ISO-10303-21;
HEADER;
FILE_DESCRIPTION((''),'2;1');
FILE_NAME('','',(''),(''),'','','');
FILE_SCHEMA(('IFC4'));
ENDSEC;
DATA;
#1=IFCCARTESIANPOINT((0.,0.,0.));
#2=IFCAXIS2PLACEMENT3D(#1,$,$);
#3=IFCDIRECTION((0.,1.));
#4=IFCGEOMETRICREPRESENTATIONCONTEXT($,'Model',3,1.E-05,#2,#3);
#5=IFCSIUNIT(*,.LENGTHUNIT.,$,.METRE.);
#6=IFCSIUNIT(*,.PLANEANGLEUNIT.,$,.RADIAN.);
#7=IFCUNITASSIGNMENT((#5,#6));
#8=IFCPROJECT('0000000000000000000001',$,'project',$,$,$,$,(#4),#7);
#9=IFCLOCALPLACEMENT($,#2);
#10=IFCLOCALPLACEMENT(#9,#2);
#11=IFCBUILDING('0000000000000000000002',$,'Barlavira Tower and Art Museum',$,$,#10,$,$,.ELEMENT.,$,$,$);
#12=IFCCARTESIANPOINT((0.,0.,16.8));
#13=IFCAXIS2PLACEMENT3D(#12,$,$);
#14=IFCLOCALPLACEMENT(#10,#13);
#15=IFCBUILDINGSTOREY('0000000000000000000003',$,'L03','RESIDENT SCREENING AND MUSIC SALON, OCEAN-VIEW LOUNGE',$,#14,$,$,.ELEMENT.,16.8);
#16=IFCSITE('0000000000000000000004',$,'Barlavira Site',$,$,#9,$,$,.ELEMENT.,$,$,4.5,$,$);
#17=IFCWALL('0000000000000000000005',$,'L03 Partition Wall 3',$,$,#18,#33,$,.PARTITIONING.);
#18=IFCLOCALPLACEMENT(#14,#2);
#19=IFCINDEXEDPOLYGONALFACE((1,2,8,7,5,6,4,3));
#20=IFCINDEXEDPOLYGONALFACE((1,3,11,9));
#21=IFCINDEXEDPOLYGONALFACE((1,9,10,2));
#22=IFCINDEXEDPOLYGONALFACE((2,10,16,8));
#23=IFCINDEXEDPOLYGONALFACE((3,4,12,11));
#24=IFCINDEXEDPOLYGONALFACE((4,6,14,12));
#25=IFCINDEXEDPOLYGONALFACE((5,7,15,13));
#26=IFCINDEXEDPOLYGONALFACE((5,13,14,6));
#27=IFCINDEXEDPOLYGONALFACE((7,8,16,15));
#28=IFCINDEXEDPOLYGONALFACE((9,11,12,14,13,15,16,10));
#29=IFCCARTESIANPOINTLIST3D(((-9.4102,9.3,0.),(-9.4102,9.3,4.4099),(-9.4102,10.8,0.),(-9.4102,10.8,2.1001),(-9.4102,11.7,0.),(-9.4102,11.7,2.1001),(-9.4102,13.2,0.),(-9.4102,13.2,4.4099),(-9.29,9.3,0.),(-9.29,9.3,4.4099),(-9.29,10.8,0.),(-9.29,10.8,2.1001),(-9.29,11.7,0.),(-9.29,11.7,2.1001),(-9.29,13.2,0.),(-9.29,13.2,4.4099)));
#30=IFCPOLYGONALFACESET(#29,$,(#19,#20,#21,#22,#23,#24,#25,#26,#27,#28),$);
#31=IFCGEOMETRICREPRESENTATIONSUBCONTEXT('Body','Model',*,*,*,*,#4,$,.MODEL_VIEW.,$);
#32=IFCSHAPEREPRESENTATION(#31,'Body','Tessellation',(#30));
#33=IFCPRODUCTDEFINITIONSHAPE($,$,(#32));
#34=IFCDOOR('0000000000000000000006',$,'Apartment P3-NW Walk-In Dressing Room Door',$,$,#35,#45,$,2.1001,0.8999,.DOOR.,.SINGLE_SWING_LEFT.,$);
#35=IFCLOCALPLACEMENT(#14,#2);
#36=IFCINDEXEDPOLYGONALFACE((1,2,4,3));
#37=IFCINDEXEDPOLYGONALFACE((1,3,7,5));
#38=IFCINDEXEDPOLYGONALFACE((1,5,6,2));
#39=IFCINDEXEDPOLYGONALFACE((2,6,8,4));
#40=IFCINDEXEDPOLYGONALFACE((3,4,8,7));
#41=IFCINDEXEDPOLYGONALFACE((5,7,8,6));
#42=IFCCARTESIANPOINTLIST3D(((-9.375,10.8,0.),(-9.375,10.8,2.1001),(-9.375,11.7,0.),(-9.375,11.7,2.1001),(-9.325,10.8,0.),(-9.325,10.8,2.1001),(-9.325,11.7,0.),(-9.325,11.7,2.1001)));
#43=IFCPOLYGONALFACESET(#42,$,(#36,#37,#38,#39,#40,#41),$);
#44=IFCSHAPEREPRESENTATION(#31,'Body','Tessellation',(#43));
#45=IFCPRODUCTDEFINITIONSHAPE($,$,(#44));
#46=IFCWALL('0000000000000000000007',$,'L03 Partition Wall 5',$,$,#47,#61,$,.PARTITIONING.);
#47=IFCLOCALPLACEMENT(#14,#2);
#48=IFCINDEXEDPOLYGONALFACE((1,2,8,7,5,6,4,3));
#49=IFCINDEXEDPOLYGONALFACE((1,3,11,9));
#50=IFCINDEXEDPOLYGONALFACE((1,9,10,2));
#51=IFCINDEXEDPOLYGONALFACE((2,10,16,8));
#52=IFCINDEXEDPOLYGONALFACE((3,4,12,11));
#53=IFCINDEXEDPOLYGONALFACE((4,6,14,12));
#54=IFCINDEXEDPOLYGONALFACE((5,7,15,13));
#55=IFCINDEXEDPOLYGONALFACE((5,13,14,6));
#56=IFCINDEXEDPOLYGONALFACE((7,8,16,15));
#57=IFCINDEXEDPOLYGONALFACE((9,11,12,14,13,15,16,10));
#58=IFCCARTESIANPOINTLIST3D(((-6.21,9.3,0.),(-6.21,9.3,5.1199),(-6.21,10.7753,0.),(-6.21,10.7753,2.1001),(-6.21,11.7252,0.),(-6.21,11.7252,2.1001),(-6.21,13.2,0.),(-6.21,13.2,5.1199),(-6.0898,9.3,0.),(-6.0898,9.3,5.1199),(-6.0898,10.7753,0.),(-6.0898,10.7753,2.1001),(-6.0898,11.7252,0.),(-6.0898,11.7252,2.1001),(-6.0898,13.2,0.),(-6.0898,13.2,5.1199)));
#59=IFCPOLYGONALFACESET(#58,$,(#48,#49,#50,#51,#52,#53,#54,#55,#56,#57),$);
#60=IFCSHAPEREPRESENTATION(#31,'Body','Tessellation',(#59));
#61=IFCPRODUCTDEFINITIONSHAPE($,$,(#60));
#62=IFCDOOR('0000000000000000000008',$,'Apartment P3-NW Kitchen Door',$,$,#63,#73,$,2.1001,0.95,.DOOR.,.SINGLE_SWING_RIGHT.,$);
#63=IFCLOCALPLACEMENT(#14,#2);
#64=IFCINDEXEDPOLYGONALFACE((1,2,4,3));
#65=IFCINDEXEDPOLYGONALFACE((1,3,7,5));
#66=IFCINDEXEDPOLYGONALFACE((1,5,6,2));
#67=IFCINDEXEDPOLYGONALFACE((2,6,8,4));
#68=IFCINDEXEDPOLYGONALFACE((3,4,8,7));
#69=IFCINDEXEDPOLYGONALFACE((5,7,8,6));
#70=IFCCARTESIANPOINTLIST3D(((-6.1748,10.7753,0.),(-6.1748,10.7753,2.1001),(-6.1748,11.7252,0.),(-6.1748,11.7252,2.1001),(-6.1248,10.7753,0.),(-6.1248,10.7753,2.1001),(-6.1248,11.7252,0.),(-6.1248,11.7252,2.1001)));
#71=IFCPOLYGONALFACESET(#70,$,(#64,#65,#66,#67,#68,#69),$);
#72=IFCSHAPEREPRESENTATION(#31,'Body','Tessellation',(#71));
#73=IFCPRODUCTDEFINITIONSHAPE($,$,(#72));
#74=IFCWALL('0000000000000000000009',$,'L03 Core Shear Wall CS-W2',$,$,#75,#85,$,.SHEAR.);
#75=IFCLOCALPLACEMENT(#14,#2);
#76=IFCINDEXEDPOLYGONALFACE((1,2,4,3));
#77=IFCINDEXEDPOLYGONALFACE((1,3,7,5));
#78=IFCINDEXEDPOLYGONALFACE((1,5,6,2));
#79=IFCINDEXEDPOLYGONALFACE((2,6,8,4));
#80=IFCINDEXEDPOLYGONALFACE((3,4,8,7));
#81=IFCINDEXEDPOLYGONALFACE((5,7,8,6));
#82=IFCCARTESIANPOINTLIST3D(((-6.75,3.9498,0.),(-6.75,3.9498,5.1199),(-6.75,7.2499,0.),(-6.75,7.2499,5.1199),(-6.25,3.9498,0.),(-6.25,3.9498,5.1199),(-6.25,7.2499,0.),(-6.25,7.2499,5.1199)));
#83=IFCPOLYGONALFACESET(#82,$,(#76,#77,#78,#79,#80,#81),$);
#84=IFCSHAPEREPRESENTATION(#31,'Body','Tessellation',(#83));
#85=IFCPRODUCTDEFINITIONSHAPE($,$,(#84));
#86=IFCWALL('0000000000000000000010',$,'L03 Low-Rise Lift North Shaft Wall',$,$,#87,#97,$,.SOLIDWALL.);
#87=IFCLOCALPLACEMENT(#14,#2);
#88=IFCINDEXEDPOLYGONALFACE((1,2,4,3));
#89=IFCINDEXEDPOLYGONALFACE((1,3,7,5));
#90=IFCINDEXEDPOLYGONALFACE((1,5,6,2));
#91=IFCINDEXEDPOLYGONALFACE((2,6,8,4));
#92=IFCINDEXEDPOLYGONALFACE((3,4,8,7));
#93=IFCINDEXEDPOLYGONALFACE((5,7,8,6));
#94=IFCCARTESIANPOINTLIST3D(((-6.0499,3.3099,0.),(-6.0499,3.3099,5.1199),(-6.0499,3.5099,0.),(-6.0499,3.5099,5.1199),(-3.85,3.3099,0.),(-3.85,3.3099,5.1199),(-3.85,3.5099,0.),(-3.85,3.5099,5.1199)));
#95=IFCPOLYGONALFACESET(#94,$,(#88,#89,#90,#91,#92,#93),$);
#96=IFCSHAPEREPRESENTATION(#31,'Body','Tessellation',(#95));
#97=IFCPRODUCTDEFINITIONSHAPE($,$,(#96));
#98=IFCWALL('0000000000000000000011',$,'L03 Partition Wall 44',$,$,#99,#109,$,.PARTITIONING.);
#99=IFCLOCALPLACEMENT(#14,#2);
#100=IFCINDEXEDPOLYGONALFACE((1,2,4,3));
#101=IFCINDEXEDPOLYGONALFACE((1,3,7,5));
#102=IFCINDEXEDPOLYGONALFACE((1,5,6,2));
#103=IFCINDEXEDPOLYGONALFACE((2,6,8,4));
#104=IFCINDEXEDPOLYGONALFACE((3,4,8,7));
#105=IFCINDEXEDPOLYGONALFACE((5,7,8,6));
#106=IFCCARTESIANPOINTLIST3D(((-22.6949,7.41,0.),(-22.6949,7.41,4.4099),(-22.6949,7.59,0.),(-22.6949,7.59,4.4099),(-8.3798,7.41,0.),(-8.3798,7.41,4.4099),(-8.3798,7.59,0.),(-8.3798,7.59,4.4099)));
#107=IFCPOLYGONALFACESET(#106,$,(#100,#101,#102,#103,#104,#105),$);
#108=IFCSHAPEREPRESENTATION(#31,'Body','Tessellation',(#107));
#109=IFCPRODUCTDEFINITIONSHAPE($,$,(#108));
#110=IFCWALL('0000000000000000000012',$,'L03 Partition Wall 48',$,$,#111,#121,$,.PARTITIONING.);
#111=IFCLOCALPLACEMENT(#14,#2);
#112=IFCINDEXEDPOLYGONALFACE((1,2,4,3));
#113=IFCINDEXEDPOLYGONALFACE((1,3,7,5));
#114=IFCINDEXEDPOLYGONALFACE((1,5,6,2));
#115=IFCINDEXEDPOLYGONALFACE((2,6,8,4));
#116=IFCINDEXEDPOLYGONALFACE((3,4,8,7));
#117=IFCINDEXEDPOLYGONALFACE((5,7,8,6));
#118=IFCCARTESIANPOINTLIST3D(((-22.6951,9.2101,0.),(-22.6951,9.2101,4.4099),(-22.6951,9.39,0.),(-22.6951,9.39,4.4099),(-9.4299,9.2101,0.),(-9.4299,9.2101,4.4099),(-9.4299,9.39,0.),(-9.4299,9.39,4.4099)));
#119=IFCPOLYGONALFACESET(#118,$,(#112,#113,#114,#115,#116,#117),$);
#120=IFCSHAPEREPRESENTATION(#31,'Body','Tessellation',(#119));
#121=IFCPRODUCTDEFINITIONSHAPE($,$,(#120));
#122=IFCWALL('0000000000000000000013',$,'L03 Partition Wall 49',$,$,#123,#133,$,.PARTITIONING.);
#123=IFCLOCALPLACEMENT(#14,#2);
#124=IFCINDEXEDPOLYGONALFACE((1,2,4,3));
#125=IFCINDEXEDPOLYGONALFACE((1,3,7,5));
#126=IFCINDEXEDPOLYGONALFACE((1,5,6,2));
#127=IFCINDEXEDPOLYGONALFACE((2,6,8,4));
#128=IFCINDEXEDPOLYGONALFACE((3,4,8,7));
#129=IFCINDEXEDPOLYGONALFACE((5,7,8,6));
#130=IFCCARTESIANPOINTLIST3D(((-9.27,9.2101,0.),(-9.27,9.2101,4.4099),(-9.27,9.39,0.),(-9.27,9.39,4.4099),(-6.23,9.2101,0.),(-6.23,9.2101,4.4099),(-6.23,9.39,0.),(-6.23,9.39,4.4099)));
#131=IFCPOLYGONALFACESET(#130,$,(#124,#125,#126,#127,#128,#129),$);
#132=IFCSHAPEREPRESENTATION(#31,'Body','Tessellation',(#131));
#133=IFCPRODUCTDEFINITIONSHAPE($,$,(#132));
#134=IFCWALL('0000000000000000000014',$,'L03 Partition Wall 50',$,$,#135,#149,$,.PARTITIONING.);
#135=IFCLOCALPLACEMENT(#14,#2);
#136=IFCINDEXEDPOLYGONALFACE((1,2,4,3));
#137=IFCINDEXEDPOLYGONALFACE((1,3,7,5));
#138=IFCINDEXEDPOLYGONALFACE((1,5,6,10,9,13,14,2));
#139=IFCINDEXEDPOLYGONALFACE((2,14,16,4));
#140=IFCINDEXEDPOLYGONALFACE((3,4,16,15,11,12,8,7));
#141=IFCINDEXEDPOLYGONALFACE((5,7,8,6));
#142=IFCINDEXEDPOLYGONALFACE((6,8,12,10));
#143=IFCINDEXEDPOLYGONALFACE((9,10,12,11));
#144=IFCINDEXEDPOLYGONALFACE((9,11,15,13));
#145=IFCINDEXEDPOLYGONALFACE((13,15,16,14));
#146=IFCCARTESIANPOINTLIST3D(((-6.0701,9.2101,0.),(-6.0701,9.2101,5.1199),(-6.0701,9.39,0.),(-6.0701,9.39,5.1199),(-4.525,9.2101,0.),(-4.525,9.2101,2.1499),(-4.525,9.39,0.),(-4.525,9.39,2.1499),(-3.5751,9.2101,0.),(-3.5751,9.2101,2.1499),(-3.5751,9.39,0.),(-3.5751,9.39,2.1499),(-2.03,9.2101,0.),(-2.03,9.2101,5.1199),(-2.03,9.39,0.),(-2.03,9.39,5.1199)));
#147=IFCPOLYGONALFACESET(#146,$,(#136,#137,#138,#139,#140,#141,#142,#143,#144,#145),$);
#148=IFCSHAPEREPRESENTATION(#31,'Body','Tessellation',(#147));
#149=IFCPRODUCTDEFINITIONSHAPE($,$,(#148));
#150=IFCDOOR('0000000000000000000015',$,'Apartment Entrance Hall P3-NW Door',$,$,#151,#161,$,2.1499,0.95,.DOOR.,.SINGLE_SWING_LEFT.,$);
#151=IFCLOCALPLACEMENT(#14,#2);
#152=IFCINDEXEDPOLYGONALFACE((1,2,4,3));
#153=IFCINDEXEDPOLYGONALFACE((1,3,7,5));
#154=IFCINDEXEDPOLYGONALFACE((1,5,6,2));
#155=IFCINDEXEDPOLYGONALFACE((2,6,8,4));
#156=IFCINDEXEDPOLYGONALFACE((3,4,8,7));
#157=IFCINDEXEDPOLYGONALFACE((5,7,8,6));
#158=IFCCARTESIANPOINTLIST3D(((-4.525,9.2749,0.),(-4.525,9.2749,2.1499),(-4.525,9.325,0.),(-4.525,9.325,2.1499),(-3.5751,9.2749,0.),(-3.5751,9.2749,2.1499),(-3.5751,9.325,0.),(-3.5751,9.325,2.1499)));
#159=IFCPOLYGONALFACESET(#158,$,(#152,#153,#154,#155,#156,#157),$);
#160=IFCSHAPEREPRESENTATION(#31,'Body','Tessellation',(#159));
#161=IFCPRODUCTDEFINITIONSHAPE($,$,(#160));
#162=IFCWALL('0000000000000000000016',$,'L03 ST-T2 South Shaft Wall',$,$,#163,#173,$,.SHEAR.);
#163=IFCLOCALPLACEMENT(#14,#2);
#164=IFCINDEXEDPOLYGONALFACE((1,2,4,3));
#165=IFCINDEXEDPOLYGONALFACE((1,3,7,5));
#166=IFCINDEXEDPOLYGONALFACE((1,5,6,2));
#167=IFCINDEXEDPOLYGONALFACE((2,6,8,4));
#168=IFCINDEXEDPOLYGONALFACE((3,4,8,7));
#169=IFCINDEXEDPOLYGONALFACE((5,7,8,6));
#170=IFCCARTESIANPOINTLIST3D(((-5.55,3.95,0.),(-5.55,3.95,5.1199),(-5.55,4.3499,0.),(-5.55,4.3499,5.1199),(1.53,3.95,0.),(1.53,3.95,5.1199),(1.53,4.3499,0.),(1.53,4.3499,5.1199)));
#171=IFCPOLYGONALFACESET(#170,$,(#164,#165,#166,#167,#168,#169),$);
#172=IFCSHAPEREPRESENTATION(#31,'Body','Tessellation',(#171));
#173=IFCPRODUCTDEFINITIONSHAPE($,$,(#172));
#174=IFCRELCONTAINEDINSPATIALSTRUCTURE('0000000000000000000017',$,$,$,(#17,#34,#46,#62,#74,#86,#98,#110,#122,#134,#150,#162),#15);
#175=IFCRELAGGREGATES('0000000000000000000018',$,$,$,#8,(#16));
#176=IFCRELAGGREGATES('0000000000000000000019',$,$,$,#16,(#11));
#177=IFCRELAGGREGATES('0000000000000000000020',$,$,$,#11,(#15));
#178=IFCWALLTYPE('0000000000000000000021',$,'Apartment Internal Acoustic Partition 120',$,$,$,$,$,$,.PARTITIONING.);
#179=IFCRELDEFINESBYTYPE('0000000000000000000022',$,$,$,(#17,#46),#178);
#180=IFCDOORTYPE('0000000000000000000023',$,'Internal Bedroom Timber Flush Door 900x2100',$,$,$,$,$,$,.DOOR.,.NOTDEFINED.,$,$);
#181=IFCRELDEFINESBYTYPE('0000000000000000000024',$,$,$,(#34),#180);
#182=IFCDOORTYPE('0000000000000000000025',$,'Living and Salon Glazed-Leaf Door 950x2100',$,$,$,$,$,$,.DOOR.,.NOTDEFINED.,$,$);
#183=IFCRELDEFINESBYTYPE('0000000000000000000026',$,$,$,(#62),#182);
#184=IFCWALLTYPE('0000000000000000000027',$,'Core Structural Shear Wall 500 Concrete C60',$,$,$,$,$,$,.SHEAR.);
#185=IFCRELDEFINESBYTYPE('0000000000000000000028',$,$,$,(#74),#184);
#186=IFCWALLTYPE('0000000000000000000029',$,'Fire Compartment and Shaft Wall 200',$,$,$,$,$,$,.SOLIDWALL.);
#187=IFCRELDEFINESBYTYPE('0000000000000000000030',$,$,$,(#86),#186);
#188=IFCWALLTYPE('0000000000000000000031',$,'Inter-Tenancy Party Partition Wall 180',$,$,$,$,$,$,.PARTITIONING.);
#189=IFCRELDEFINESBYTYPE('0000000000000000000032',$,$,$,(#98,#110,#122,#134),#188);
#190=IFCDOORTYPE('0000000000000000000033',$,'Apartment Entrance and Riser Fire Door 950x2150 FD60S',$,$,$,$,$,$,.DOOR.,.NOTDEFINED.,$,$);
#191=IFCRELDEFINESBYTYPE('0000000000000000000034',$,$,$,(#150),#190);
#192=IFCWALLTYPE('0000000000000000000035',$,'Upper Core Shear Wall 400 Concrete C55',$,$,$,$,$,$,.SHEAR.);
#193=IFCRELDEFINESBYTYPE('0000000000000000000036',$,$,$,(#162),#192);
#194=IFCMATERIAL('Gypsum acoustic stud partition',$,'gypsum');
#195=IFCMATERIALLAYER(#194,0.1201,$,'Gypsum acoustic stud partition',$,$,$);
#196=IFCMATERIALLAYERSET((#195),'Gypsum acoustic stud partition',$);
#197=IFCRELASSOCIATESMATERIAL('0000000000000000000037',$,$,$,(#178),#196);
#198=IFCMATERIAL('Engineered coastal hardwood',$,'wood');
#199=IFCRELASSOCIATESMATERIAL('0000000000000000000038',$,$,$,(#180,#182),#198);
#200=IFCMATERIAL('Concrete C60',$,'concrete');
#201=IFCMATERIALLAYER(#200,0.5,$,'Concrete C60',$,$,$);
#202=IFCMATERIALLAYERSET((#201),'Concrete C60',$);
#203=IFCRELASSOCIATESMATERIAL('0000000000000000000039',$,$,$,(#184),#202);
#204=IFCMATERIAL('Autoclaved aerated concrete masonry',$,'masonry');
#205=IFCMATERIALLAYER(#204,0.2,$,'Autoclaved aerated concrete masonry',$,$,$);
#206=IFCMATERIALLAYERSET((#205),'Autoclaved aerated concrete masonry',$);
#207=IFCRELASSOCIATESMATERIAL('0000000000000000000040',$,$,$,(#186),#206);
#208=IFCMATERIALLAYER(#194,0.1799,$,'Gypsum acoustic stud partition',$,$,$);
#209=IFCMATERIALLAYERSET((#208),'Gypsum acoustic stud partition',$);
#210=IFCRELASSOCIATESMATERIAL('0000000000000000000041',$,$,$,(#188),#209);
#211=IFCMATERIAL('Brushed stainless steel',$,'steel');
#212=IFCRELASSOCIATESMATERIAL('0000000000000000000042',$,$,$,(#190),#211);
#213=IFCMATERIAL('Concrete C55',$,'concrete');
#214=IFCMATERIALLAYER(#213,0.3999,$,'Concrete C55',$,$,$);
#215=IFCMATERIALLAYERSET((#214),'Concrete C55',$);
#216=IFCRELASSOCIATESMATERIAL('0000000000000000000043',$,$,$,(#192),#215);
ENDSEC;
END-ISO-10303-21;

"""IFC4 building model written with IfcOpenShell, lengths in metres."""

from ifc_helpers import new_model, si_unit, direction, frame, frame_2d, origin, place, context, subcontext, project, spatial, rectangle, extrude, material, layer, layer_set, type_object, element, fill, save


model = new_model("IFC4")

# Units and contexts
model_context = context("Model", 3, precision=1e-05, world=origin(), true_north=direction((0.0, 1.0)))
body_context = subcontext(model_context, "Body", "Model", "MODEL_VIEW")
ifc_project = project(units=[si_unit("LENGTHUNIT", "METRE"), si_unit("PLANEANGLEUNIT", "RADIAN")], contexts=[model_context])

# Site, building, storey
site_placement = place(None, origin())
site = spatial("IfcSite", under=ifc_project, at=site_placement, Name="Barlavira Site", CompositionType="ELEMENT", RefElevation=4.5)
building_placement = place(site_placement, origin())
building = spatial("IfcBuilding", under=site, at=building_placement, Name="Barlavira Tower and Art Museum", CompositionType="ELEMENT")
storey_placement = place(building_placement, frame((0.0, 0.0, 16.8)))
storey = spatial("IfcBuildingStorey", under=building, at=storey_placement, Name="L03", Description="RESIDENT SCREENING AND MUSIC SALON, OCEAN-VIEW LOUNGE", CompositionType="ELEMENT", Elevation=16.8)

# Shared definitions
ifc_material_1 = material(Name="Concrete C60", Category="concrete")

# Walls, openings, doors
ifc_material_2 = material(Name="Gypsum acoustic stud partition", Category="gypsum")
ifc_layer_1 = layer(ifc_material_2, 0.1201, Name="Gypsum acoustic stud partition")
ifc_layer_set_1 = layer_set([ifc_layer_1], Name="Gypsum acoustic stud partition")
wall_type_1 = type_object("IfcWallType", Name="Apartment Internal Acoustic Partition 120", PredefinedType="PARTITIONING", material=ifc_layer_set_1)
wall_1_placement = place(storey_placement, frame((-9.3501, 9.3, 0.0), z_axis=(0.0, 0.0, 1.0), x_axis=(0.0, 1.0, 0.0)))
wall_1 = element("IfcWall", 1, at=wall_1_placement, inside=storey, type_object=wall_type_1, Name="L03 Partition Wall 3", PredefinedType="PARTITIONING", context=body_context, shape_type="SweptSolid", body=[
    extrude(rectangle(XDim=3.8999, YDim=0.1201, at=frame_2d((1.95, 0.0))), origin(), (0.0, 0.0, 1.0), 4.4099),
])
opening_1_placement = place(wall_1_placement, frame((1.5, 0.0, 0.0)))
opening_1 = element("IfcOpeningElement", 2, at=opening_1_placement, cuts=wall_1, PredefinedType="OPENING", context=body_context, shape_type="SweptSolid", body=[
    extrude(rectangle(XDim=0.8999, YDim=2.1001, at=frame_2d((0.45, 1.05))), frame((0.0, 0.0701, 0.0), z_axis=(0.0, -1.0, 0.0), x_axis=(1.0, 0.0, 0.0)), (0.0, 0.0, 1.0), 0.1401),
])
ifc_material_3 = material(Name="Engineered coastal hardwood", Category="wood")
door_type_1 = type_object("IfcDoorType", Name="Internal Bedroom Timber Flush Door 900x2100", OperationType="NOTDEFINED", PredefinedType="DOOR", material=ifc_material_3)
door_1_placement = place(opening_1_placement, origin())
door_1 = element("IfcDoor", 3, at=door_1_placement, inside=storey, type_object=door_type_1, Name="Apartment P3-NW Walk-In Dressing Room Door", OperationType="SINGLE_SWING_LEFT", OverallHeight=2.1001, OverallWidth=0.8999, PredefinedType="DOOR", context=body_context, shape_type="SweptSolid", body=[
    extrude(rectangle(XDim=0.8999, YDim=2.1001, at=frame_2d((0.45, 1.05))), frame((0.0, 0.0249, 0.0), z_axis=(0.0, -1.0, 0.0), x_axis=(1.0, 0.0, 0.0)), (0.0, 0.0, 1.0), 0.05),
])
fill(opening_1, door_1)
wall_2_placement = place(storey_placement, frame((-6.1499, 9.3, 0.0), z_axis=(0.0, 0.0, 1.0), x_axis=(0.0, 1.0, 0.0)))
wall_2 = element("IfcWall", 4, at=wall_2_placement, inside=storey, type_object=wall_type_1, Name="L03 Partition Wall 5", PredefinedType="PARTITIONING", context=body_context, shape_type="SweptSolid", body=[
    extrude(rectangle(XDim=3.8999, YDim=0.1201, at=frame_2d((1.95, 0.0))), origin(), (0.0, 0.0, 1.0), 5.1199),
])
opening_2_placement = place(wall_2_placement, frame((1.4751, 0.0, 0.0)))
opening_2 = element("IfcOpeningElement", 5, at=opening_2_placement, cuts=wall_2, PredefinedType="OPENING", context=body_context, shape_type="SweptSolid", body=[
    extrude(rectangle(XDim=0.95, YDim=2.1001, at=frame_2d((0.4751, 1.05))), frame((0.0, 0.0701, 0.0), z_axis=(0.0, -1.0, 0.0), x_axis=(1.0, 0.0, 0.0)), (0.0, 0.0, 1.0), 0.1401),
])
door_type_2 = type_object("IfcDoorType", Name="Living and Salon Glazed-Leaf Door 950x2100", OperationType="NOTDEFINED", PredefinedType="DOOR", material=ifc_material_3)
door_2_placement = place(opening_2_placement, origin())
door_2 = element("IfcDoor", 6, at=door_2_placement, inside=storey, type_object=door_type_2, Name="Apartment P3-NW Kitchen Door", OperationType="SINGLE_SWING_RIGHT", OverallHeight=2.1001, OverallWidth=0.95, PredefinedType="DOOR", context=body_context, shape_type="SweptSolid", body=[
    extrude(rectangle(XDim=0.95, YDim=2.1001, at=frame_2d((0.4751, 1.05))), frame((0.0, 0.0249, 0.0), z_axis=(0.0, -1.0, 0.0), x_axis=(1.0, 0.0, 0.0)), (0.0, 0.0, 1.0), 0.05),
])
fill(opening_2, door_2)
ifc_layer_2 = layer(ifc_material_1, 0.5, Name="Concrete C60")
ifc_layer_set_2 = layer_set([ifc_layer_2], Name="Concrete C60")
wall_type_2 = type_object("IfcWallType", Name="Core Structural Shear Wall 500 Concrete C60", PredefinedType="SHEAR", material=ifc_layer_set_2)
ifc_material_4 = material(Name="Brushed stainless steel", Category="steel")

# Walls
wall_3_placement = place(storey_placement, frame((-6.5, 3.95, 0.0), z_axis=(0.0, 0.0, 1.0), x_axis=(0.0, 1.0, 0.0)))
element("IfcWall", 7, at=wall_3_placement, inside=storey, type_object=wall_type_2, Name="L03 Core Shear Wall CS-W2", PredefinedType="SHEAR", context=body_context, shape_type="SweptSolid", body=[
    extrude(rectangle(XDim=3.3, YDim=0.5, at=frame_2d((1.6499, 0.0))), origin(), (0.0, 0.0, 1.0), 5.1199),
])
ifc_material_5 = material(Name="Autoclaved aerated concrete masonry", Category="masonry")
ifc_layer_3 = layer(ifc_material_5, 0.2, Name="Autoclaved aerated concrete masonry")
ifc_layer_set_3 = layer_set([ifc_layer_3], Name="Autoclaved aerated concrete masonry")
wall_type_3 = type_object("IfcWallType", Name="Fire Compartment and Shaft Wall 200", PredefinedType="SOLIDWALL", material=ifc_layer_set_3)
wall_4_placement = place(storey_placement, frame((-6.05, 3.4099, 0.0), z_axis=(0.0, 0.0, 1.0), x_axis=(1.0, 0.0, 0.0)))
element("IfcWall", 8, at=wall_4_placement, inside=storey, type_object=wall_type_3, Name="L03 Low-Rise Lift North Shaft Wall", PredefinedType="SOLIDWALL", context=body_context, shape_type="SweptSolid", body=[
    extrude(rectangle(XDim=2.2, YDim=0.2, at=frame_2d((1.1001, 0.0))), origin(), (0.0, 0.0, 1.0), 5.1199),
])

# Walls
ifc_layer_4 = layer(ifc_material_2, 0.1799, Name="Gypsum acoustic stud partition")
ifc_layer_set_4 = layer_set([ifc_layer_4], Name="Gypsum acoustic stud partition")
wall_type_4 = type_object("IfcWallType", Name="Inter-Tenancy Party Partition Wall 180", PredefinedType="PARTITIONING", material=ifc_layer_set_4)
wall_5_placement = place(storey_placement, frame((-22.6951, 7.5, 0.0), z_axis=(0.0, 0.0, 1.0), x_axis=(1.0, 0.0, 0.0)))
element("IfcWall", 9, at=wall_5_placement, inside=storey, type_object=wall_type_4, Name="L03 Partition Wall 44", PredefinedType="PARTITIONING", context=body_context, shape_type="SweptSolid", body=[
    extrude(rectangle(XDim=14.3152, YDim=0.1799, at=frame_2d((7.1577, 0.0))), origin(), (0.0, 0.0, 1.0), 4.4099),
])
wall_6_placement = place(storey_placement, frame((-22.6951, 9.3, 0.0), z_axis=(0.0, 0.0, 1.0), x_axis=(1.0, 0.0, 0.0)))
element("IfcWall", 10, at=wall_6_placement, inside=storey, type_object=wall_type_4, Name="L03 Partition Wall 48", PredefinedType="PARTITIONING", context=body_context, shape_type="SweptSolid", body=[
    extrude(rectangle(XDim=13.2651, YDim=0.1799, at=frame_2d((6.6326, 0.0))), origin(), (0.0, 0.0, 1.0), 4.4099),
])
wall_7_placement = place(storey_placement, frame((-9.27, 9.3, 0.0), z_axis=(0.0, 0.0, 1.0), x_axis=(1.0, 0.0, 0.0)))
element("IfcWall", 11, at=wall_7_placement, inside=storey, type_object=wall_type_4, Name="L03 Partition Wall 49", PredefinedType="PARTITIONING", context=body_context, shape_type="SweptSolid", body=[
    extrude(rectangle(XDim=3.04, YDim=0.1799, at=frame_2d((1.52, 0.0))), origin(), (0.0, 0.0, 1.0), 4.4099),
])

# Wall, opening, door
wall_8_placement = place(storey_placement, frame((-6.0701, 9.3, 0.0), z_axis=(0.0, 0.0, 1.0), x_axis=(1.0, 0.0, 0.0)))
wall_8 = element("IfcWall", 12, at=wall_8_placement, inside=storey, type_object=wall_type_4, Name="L03 Partition Wall 50", PredefinedType="PARTITIONING", context=body_context, shape_type="SweptSolid", body=[
    extrude(rectangle(XDim=4.04, YDim=0.1799, at=frame_2d((2.02, 0.0))), origin(), (0.0, 0.0, 1.0), 5.1199),
])
opening_3_placement = place(wall_8_placement, frame((1.5449, 0.0, 0.0)))
opening_3 = element("IfcOpeningElement", 13, at=opening_3_placement, cuts=wall_8, PredefinedType="OPENING", context=body_context, shape_type="SweptSolid", body=[
    extrude(rectangle(XDim=0.95, YDim=2.1499, at=frame_2d((0.4751, 1.075))), frame((0.0, 0.1001, 0.0), z_axis=(0.0, -1.0, 0.0), x_axis=(1.0, 0.0, 0.0)), (0.0, 0.0, 1.0), 0.2),
])
door_type_3 = type_object("IfcDoorType", Name="Apartment Entrance and Riser Fire Door 950x2150 FD60S", OperationType="NOTDEFINED", PredefinedType="DOOR", material=ifc_material_4)
door_3_placement = place(opening_3_placement, origin())
door_3 = element("IfcDoor", 14, at=door_3_placement, inside=storey, type_object=door_type_3, Name="Apartment Entrance Hall P3-NW Door", OperationType="SINGLE_SWING_LEFT", OverallHeight=2.1499, OverallWidth=0.95, PredefinedType="DOOR", context=body_context, shape_type="SweptSolid", body=[
    extrude(rectangle(XDim=0.95, YDim=2.1499, at=frame_2d((0.4751, 1.075))), frame((0.0, 0.0249, 0.0), z_axis=(0.0, -1.0, 0.0), x_axis=(1.0, 0.0, 0.0)), (0.0, 0.0, 1.0), 0.05),
])
fill(opening_3, door_3)

# Wall
ifc_material_6 = material(Name="Concrete C55", Category="concrete")
ifc_layer_5 = layer(ifc_material_6, 0.3999, Name="Concrete C55")
ifc_layer_set_5 = layer_set([ifc_layer_5], Name="Concrete C55")
wall_type_5 = type_object("IfcWallType", Name="Upper Core Shear Wall 400 Concrete C55", PredefinedType="SHEAR", material=ifc_layer_set_5)
wall_9_placement = place(storey_placement, frame((-5.55, 4.1499, 0.0), z_axis=(0.0, 0.0, 1.0), x_axis=(1.0, 0.0, 0.0)))
element("IfcWall", 15, at=wall_9_placement, inside=storey, type_object=wall_type_5, Name="L03 ST-T2 South Shaft Wall", PredefinedType="SHEAR", context=body_context, shape_type="SweptSolid", body=[
    extrude(rectangle(XDim=7.0801, YDim=0.3999, at=frame_2d((3.54, 0.0))), origin(), (0.0, 0.0, 1.0), 5.1199),
])

save(model, "model.ifc")
